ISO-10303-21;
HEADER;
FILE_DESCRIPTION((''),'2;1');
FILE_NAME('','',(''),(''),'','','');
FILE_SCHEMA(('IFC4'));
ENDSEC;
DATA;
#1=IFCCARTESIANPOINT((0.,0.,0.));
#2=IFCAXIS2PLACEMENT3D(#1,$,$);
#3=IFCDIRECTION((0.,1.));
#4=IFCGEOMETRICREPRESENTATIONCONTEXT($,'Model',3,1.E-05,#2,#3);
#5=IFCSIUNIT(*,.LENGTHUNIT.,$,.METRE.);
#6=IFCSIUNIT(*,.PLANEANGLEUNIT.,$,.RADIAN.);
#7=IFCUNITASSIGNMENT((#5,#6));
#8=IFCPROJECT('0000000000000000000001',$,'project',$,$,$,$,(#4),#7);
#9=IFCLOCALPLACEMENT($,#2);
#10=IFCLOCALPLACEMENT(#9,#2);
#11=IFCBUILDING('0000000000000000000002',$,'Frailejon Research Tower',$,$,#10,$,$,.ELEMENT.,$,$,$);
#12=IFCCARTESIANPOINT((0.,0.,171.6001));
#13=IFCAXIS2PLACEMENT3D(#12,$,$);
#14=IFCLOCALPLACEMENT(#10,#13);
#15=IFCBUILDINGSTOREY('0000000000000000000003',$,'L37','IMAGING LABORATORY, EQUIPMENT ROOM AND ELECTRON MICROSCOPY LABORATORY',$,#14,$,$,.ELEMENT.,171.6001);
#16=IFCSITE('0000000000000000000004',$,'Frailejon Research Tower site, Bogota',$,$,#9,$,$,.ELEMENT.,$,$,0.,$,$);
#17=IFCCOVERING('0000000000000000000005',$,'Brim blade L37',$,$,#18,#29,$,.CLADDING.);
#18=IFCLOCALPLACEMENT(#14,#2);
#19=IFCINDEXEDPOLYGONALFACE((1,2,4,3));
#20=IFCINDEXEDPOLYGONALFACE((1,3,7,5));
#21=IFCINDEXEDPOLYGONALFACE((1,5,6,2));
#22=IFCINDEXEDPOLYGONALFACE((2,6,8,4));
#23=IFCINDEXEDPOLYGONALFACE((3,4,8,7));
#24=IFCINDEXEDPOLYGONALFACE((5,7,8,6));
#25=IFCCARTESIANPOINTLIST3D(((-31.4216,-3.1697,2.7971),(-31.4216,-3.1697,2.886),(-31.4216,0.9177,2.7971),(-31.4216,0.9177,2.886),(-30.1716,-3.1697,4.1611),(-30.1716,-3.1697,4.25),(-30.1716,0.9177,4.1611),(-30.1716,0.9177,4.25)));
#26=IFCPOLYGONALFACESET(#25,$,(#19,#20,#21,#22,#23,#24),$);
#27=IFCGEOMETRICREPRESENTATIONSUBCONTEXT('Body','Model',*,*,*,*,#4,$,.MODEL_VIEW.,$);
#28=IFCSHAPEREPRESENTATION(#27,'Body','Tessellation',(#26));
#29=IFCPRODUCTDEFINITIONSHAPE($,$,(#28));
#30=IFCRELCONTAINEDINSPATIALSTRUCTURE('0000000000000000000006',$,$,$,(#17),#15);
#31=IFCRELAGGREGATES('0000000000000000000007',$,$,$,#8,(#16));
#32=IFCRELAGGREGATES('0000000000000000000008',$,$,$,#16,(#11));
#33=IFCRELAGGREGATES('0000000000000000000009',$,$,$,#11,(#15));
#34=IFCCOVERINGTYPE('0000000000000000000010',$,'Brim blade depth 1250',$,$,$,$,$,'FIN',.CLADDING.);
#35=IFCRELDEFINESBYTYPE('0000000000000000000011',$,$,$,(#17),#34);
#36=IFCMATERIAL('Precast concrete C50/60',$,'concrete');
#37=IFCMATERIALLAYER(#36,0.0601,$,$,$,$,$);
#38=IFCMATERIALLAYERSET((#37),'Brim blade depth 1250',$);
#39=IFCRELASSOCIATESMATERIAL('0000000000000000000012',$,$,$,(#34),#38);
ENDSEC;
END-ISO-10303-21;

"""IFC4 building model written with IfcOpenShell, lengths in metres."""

from ifc_helpers import new_model, si_unit, direction, frame, origin, place, context, subcontext, project, spatial, polyline, outline, extrude, material, layer, layer_set, type_object, element, save


model = new_model("IFC4")

# Units and contexts
model_context = context("Model", 3, precision=1e-05, world=origin(), true_north=direction((0.0, 1.0)))
body_context = subcontext(model_context, "Body", "Model", "MODEL_VIEW")
ifc_project = project(units=[si_unit("LENGTHUNIT", "METRE"), si_unit("PLANEANGLEUNIT", "RADIAN")], contexts=[model_context])

# Site, building, storey
site_placement = place(None, origin())
site = spatial("IfcSite", under=ifc_project, at=site_placement, Name="Frailejon Research Tower site, Bogota", CompositionType="ELEMENT", RefElevation=0.0)
building_placement = place(site_placement, origin())
building = spatial("IfcBuilding", under=site, at=building_placement, Name="Frailejon Research Tower", CompositionType="ELEMENT")
storey_placement = place(building_placement, frame((0.0, 0.0, 171.6001)))
storey = spatial("IfcBuildingStorey", under=building, at=storey_placement, Name="L37", Description="IMAGING LABORATORY, EQUIPMENT ROOM AND ELECTRON MICROSCOPY LABORATORY", CompositionType="ELEMENT", Elevation=171.6001)

# Covering
ifc_material_1 = material(Name="Precast concrete C50/60", Category="concrete")
ifc_layer_1 = layer(ifc_material_1, 0.0601)
ifc_layer_set_1 = layer_set([ifc_layer_1], Name="Brim blade depth 1250")
covering_type_1 = type_object("IfcCoveringType", Name="Brim blade depth 1250", ElementType="FIN", PredefinedType="CLADDING", material=ifc_layer_set_1)
covering_placement = place(storey_placement, frame((-30.1716, -3.1697, 4.25), z_axis=(0.0, 1.0, 0.0), x_axis=(-1.0, 0.0, 0.0)))
element("IfcCovering", 1, at=covering_placement, inside=storey, type_object=covering_type_1, Name="Brim blade L37", PredefinedType="CLADDING", context=body_context, shape_type="SweptSolid", body=[
    extrude(outline(polyline([(0.0, -0.0889), (1.25, -1.4529), (1.25, -1.364), (0.0, 0.0), (0.0, -0.0889)])), origin(), (0.0, 0.0, 1.0), 4.0874),
])

save(model, "model.ifc")
